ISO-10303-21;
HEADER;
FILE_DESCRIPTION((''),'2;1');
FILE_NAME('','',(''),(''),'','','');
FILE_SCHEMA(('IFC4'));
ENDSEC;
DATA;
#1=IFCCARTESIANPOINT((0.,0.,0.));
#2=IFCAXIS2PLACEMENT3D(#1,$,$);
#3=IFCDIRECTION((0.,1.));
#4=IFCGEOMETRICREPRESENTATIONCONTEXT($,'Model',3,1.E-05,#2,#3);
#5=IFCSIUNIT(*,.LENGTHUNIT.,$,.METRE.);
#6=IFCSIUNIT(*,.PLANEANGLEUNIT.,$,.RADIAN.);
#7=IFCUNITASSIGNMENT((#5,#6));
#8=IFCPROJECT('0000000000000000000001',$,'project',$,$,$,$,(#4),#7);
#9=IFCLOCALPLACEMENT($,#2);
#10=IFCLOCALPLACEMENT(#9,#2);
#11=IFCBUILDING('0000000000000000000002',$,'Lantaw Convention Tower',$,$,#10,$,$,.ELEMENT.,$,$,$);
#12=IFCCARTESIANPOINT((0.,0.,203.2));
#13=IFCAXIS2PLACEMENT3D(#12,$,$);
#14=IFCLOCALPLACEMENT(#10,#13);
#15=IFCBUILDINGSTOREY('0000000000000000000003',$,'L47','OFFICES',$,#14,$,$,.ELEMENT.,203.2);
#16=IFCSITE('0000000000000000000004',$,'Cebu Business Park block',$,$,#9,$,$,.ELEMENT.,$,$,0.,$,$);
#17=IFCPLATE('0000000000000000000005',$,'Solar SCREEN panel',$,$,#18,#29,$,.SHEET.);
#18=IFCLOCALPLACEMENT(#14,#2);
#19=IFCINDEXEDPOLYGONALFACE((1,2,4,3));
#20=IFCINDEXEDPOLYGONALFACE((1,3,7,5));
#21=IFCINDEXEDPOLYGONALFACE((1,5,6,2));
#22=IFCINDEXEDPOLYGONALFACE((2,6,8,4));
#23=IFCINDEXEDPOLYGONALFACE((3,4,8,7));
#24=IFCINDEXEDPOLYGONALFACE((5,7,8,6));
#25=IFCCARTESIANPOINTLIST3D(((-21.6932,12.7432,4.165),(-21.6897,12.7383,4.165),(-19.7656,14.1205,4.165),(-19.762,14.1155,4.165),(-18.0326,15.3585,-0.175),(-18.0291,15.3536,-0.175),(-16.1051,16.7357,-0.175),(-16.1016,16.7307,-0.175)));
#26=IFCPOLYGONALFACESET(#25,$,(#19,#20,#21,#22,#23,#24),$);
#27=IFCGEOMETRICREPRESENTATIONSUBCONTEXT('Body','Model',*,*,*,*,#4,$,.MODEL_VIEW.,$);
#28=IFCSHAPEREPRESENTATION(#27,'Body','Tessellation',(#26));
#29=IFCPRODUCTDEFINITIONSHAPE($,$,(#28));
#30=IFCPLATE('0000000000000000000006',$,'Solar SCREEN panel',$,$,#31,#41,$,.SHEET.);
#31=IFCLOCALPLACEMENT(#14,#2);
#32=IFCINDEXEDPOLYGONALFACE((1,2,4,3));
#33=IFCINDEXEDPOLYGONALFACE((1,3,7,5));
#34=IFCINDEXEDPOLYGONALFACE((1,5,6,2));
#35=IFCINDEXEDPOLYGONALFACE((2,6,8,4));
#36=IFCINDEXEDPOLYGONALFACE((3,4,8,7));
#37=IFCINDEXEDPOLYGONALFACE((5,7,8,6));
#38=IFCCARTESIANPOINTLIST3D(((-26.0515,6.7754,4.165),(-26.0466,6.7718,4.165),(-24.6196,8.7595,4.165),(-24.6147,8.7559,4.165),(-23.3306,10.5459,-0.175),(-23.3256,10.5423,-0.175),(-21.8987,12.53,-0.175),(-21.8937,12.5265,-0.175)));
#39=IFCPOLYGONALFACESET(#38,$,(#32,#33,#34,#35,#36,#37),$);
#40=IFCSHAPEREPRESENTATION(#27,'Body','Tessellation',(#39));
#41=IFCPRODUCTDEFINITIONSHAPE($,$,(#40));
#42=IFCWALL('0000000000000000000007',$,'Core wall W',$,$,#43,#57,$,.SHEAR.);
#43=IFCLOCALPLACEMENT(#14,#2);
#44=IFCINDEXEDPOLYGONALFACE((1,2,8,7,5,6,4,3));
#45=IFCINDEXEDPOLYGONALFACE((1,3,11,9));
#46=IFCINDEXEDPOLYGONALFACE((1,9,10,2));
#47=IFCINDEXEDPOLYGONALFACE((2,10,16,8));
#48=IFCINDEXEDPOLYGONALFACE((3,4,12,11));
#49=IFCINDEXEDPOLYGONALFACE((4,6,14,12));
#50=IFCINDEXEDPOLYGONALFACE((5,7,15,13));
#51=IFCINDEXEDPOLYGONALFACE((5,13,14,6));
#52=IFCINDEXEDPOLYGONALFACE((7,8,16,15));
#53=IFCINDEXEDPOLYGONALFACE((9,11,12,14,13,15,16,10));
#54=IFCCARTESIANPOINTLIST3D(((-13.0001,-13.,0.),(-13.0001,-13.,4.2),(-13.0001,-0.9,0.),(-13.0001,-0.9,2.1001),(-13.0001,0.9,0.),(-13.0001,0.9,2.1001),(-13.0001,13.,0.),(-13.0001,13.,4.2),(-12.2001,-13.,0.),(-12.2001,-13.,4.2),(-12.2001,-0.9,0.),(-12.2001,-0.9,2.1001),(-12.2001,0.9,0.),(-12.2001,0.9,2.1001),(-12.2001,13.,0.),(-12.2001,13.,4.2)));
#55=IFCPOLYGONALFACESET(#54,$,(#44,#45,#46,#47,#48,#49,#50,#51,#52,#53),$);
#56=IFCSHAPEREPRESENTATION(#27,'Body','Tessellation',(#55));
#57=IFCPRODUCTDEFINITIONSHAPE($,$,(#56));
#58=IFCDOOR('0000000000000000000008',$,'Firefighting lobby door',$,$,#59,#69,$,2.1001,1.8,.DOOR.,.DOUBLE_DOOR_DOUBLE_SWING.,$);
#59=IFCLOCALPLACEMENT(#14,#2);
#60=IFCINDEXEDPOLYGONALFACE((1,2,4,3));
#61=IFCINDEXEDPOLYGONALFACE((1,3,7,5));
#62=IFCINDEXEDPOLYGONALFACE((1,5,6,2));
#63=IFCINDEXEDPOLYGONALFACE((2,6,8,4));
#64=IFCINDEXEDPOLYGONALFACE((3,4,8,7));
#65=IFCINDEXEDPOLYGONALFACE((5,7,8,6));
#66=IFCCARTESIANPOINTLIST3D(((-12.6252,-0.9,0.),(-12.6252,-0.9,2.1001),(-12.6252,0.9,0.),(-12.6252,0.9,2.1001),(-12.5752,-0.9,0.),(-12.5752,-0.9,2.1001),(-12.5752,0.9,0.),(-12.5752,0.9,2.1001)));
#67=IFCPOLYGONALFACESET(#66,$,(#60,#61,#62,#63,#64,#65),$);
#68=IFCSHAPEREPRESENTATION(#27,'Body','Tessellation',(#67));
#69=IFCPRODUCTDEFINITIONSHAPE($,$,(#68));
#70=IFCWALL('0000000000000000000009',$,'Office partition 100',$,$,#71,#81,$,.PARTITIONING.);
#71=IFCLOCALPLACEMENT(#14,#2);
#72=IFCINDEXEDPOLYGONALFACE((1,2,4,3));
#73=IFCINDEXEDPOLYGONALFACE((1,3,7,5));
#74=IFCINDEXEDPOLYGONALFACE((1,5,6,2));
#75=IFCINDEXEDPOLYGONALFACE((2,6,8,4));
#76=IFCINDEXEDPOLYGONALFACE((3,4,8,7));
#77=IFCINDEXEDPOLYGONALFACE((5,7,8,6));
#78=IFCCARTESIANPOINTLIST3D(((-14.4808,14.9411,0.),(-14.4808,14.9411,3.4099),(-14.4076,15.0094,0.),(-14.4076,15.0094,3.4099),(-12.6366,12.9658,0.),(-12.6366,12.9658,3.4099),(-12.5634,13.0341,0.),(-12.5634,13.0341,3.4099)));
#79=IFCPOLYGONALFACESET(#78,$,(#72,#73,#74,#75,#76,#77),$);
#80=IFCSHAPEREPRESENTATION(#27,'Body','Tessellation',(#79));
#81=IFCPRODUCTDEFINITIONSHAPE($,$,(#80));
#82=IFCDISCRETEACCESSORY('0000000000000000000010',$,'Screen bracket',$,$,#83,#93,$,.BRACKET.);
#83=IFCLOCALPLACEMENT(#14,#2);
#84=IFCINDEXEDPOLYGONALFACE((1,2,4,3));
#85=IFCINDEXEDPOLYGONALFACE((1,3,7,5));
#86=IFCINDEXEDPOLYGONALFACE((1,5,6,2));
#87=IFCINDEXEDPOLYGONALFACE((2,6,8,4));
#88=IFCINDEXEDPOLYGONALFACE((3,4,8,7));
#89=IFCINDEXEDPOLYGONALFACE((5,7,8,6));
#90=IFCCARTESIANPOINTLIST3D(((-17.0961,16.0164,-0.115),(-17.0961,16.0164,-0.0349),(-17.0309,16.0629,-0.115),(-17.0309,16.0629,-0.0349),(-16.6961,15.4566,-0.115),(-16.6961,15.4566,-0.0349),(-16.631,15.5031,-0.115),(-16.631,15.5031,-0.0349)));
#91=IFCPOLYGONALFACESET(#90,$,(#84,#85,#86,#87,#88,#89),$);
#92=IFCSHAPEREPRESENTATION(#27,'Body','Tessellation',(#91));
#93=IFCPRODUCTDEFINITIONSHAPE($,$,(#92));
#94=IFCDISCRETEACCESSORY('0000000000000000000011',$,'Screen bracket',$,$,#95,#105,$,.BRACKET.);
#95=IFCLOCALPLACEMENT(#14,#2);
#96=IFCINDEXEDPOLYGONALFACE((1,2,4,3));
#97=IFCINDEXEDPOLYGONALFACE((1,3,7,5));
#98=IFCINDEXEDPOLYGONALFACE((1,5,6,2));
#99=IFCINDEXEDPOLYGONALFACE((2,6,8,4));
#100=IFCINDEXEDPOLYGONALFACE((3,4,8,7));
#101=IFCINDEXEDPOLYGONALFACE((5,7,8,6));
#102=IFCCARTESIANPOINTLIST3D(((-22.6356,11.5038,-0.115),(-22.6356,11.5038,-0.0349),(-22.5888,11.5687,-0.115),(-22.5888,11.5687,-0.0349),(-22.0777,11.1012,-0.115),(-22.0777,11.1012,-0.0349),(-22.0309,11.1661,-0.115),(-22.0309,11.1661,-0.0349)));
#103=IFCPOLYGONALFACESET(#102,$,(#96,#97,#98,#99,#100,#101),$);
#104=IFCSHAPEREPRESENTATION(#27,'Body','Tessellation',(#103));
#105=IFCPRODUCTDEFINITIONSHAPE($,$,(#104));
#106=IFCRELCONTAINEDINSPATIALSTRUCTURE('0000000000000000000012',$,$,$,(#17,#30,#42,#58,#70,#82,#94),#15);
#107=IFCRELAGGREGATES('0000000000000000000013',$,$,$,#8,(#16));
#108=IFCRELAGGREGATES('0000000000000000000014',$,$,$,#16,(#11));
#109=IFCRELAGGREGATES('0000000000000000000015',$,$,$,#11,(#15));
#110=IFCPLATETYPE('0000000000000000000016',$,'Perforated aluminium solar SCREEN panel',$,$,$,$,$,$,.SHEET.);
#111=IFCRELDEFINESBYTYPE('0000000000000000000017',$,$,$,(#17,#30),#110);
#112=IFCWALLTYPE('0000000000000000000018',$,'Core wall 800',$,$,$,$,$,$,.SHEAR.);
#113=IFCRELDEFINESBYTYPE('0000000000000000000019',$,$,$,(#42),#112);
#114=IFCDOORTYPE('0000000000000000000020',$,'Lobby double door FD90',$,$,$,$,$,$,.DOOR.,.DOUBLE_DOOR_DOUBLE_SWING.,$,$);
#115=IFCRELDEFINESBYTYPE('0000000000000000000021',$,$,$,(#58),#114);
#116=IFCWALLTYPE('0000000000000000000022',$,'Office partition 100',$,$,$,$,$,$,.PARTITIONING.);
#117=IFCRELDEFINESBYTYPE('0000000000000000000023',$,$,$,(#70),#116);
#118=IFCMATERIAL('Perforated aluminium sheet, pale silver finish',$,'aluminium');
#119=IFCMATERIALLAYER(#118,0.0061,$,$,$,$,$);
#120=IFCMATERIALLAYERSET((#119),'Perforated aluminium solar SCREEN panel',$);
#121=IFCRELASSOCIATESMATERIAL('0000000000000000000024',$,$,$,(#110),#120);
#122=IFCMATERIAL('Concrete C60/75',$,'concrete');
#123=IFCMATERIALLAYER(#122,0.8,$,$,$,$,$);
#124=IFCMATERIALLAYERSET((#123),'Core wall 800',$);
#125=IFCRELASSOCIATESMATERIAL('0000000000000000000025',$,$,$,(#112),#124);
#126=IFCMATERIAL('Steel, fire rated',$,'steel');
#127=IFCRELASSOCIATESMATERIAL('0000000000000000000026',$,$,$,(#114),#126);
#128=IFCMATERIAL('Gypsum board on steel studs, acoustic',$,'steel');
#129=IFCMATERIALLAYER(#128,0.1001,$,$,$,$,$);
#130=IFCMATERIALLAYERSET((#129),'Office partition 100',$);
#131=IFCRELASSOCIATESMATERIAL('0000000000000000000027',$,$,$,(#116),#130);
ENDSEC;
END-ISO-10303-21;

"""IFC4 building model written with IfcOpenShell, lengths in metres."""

from ifc_helpers import new_model, si_unit, direction, frame, frame_2d, origin, origin_2d, place, context, subcontext, project, spatial, polyline, rectangle, outline, extrude, material, layer, layer_set, type_object, element, fill, save


model = new_model("IFC4")

# Units and contexts
model_context = context("Model", 3, precision=1e-05, world=origin(), true_north=direction((0.0, 1.0)))
body_context = subcontext(model_context, "Body", "Model", "MODEL_VIEW")
ifc_project = project(units=[si_unit("LENGTHUNIT", "METRE"), si_unit("PLANEANGLEUNIT", "RADIAN")], contexts=[model_context])

# Site, building, storey
site_placement = place(None, origin())
site = spatial("IfcSite", under=ifc_project, at=site_placement, Name="Cebu Business Park block", CompositionType="ELEMENT", RefElevation=0.0)
building_placement = place(site_placement, origin())
building = spatial("IfcBuilding", under=site, at=building_placement, Name="Lantaw Convention Tower", CompositionType="ELEMENT")
storey_placement = place(building_placement, frame((0.0, 0.0, 203.2)))
storey = spatial("IfcBuildingStorey", under=building, at=storey_placement, Name="L47", Description="OFFICES", CompositionType="ELEMENT", Elevation=203.2)

# Shared definitions
ifc_material_1 = material(Name="Concrete C60/75", Category="concrete")

# Plates
ifc_material_2 = material(Name="Perforated aluminium sheet, pale silver finish", Category="aluminium")
ifc_layer_1 = layer(ifc_material_2, 0.0061)
ifc_layer_set_1 = layer_set([ifc_layer_1], Name="Perforated aluminium solar SCREEN panel")
plate_type_1 = type_object("IfcPlateType", Name="Perforated aluminium solar SCREEN panel", PredefinedType="SHEET", material=ifc_layer_set_1)
plate_1_placement = place(storey_placement, frame((-16.1016, 16.7307, -0.175), z_axis=(0.581331, -0.813667, 0.00001), x_axis=(-0.813667, -0.581331, 0.0)))
element("IfcPlate", 1, at=plate_1_placement, inside=storey, type_object=plate_type_1, Name="Solar SCREEN panel", PredefinedType="SHEET", context=body_context, shape_type="SweptSolid", body=[
    extrude(outline(polyline([(0.0, 0.0), (2.3689, 0.0), (6.8678, -4.3401), (4.4987, -4.3401), (0.0, 0.0)])), origin(), (0.0, 0.0, -1.0), 0.0061),
])
plate_2_placement = place(storey_placement, frame((-21.8987, 12.53, -0.175), z_axis=(-0.810892, 0.585195, 0.00002), x_axis=(-0.585195, -0.810892, 0.0)))
element("IfcPlate", 2, at=plate_2_placement, inside=storey, type_object=plate_type_1, Name="Solar SCREEN panel", PredefinedType="SHEET", context=body_context, shape_type="SweptSolid", body=[
    extrude(outline(polyline([(0.0, 0.0), (2.4468, 0.0), (7.0966, 4.3401), (4.6498, 4.3401), (0.0, 0.0)])), origin(), (0.0, 0.0, -1.0), 0.0061),
])

# Wall, opening, door
ifc_layer_2 = layer(ifc_material_1, 0.8)
ifc_layer_set_2 = layer_set([ifc_layer_2], Name="Core wall 800")
wall_type_1 = type_object("IfcWallType", Name="Core wall 800", PredefinedType="SHEAR", material=ifc_layer_set_2)
wall_1_placement = place(storey_placement, frame((-12.6001, 13.0, 0.0), z_axis=(0.0, 0.0, 1.0), x_axis=(0.0, -1.0, 0.0)))
wall_1 = element("IfcWall", 3, at=wall_1_placement, inside=storey, type_object=wall_type_1, Name="Core wall W", PredefinedType="SHEAR", context=body_context, shape_type="SweptSolid", body=[
    extrude(rectangle(XDim=26.0, YDim=0.8, at=frame_2d((13.0, 0.0))), origin(), (0.0, 0.0, 1.0), 4.2),
])
opening_placement = place(wall_1_placement, frame((12.1001, 0.0, 0.0)))
opening = element("IfcOpeningElement", 4, at=opening_placement, cuts=wall_1, PredefinedType="OPENING", context=body_context, shape_type="SweptSolid", body=[
    extrude(rectangle(XDim=1.8, YDim=2.1001, at=frame_2d((0.8999, 1.05))), frame((0.0, 0.4099, 0.0), z_axis=(0.0, -1.0, 0.0), x_axis=(1.0, 0.0, 0.0)), (0.0, 0.0, 1.0), 0.8201),
])
ifc_material_3 = material(Name="Steel, fire rated", Category="steel")
door_type = type_object("IfcDoorType", Name="Lobby double door FD90", OperationType="DOUBLE_DOOR_DOUBLE_SWING", PredefinedType="DOOR", material=ifc_material_3)
door_placement = place(opening_placement, origin())
door = element("IfcDoor", 5, at=door_placement, inside=storey, type_object=door_type, Name="Firefighting lobby door", OperationType="DOUBLE_DOOR_DOUBLE_SWING", OverallHeight=2.1001, OverallWidth=1.8, PredefinedType="DOOR", context=body_context, shape_type="SweptSolid", body=[
    extrude(rectangle(XDim=1.8, YDim=2.1001, at=frame_2d((0.8999, 1.05))), frame((0.0, 0.0249, 0.0), z_axis=(0.0, -1.0, 0.0), x_axis=(1.0, 0.0, 0.0)), (0.0, 0.0, 1.0), 0.05),
])
fill(opening, door)

# Wall
ifc_material_4 = material(Name="Gypsum board on steel studs, acoustic", Category="steel")
ifc_layer_3 = layer(ifc_material_4, 0.1001)
ifc_layer_set_3 = layer_set([ifc_layer_3], Name="Office partition 100")
wall_type_2 = type_object("IfcWallType", Name="Office partition 100", PredefinedType="PARTITIONING", material=ifc_layer_set_3)
wall_2_placement = place(storey_placement, frame((-12.6001, 13.0, 0.0), z_axis=(0.0, 0.0, 1.0), x_axis=(-0.682434, 0.730947, 0.0)))
element("IfcWall", 6, at=wall_2_placement, inside=storey, type_object=wall_type_2, Name="Office partition 100", PredefinedType="PARTITIONING", context=body_context, shape_type="SweptSolid", body=[
    extrude(rectangle(XDim=2.7024, YDim=0.1001, at=frame_2d((1.3511, 0.0))), origin(), (0.0, 0.0, 1.0), 3.4099),
])

# Discrete accessories
for number, where, z_axis, x_axis, name in (
    (7, (-16.8635, 15.7598, -0.115), (0.0, 0.0, 1.0), (-0.813673, -0.581323, 0.0), "Screen bracket"),
    (8, (-22.3333, 11.335, -0.115), (0.0, 0.0, 1.0), (-0.585158, -0.81092, 0.0), "Screen bracket"),
):
    element("IfcDiscreteAccessory", number, at=place(storey_placement, frame(where, z_axis=z_axis, x_axis=x_axis)), inside=storey, Name=name, PredefinedType="BRACKET", context=body_context, shape_type="SweptSolid", body=[
        extrude(rectangle(XDim=0.0801, YDim=0.688, at=origin_2d()), origin(), (0.0, 0.0, 1.0), 0.0801),
    ])

save(model, "model.ifc")
